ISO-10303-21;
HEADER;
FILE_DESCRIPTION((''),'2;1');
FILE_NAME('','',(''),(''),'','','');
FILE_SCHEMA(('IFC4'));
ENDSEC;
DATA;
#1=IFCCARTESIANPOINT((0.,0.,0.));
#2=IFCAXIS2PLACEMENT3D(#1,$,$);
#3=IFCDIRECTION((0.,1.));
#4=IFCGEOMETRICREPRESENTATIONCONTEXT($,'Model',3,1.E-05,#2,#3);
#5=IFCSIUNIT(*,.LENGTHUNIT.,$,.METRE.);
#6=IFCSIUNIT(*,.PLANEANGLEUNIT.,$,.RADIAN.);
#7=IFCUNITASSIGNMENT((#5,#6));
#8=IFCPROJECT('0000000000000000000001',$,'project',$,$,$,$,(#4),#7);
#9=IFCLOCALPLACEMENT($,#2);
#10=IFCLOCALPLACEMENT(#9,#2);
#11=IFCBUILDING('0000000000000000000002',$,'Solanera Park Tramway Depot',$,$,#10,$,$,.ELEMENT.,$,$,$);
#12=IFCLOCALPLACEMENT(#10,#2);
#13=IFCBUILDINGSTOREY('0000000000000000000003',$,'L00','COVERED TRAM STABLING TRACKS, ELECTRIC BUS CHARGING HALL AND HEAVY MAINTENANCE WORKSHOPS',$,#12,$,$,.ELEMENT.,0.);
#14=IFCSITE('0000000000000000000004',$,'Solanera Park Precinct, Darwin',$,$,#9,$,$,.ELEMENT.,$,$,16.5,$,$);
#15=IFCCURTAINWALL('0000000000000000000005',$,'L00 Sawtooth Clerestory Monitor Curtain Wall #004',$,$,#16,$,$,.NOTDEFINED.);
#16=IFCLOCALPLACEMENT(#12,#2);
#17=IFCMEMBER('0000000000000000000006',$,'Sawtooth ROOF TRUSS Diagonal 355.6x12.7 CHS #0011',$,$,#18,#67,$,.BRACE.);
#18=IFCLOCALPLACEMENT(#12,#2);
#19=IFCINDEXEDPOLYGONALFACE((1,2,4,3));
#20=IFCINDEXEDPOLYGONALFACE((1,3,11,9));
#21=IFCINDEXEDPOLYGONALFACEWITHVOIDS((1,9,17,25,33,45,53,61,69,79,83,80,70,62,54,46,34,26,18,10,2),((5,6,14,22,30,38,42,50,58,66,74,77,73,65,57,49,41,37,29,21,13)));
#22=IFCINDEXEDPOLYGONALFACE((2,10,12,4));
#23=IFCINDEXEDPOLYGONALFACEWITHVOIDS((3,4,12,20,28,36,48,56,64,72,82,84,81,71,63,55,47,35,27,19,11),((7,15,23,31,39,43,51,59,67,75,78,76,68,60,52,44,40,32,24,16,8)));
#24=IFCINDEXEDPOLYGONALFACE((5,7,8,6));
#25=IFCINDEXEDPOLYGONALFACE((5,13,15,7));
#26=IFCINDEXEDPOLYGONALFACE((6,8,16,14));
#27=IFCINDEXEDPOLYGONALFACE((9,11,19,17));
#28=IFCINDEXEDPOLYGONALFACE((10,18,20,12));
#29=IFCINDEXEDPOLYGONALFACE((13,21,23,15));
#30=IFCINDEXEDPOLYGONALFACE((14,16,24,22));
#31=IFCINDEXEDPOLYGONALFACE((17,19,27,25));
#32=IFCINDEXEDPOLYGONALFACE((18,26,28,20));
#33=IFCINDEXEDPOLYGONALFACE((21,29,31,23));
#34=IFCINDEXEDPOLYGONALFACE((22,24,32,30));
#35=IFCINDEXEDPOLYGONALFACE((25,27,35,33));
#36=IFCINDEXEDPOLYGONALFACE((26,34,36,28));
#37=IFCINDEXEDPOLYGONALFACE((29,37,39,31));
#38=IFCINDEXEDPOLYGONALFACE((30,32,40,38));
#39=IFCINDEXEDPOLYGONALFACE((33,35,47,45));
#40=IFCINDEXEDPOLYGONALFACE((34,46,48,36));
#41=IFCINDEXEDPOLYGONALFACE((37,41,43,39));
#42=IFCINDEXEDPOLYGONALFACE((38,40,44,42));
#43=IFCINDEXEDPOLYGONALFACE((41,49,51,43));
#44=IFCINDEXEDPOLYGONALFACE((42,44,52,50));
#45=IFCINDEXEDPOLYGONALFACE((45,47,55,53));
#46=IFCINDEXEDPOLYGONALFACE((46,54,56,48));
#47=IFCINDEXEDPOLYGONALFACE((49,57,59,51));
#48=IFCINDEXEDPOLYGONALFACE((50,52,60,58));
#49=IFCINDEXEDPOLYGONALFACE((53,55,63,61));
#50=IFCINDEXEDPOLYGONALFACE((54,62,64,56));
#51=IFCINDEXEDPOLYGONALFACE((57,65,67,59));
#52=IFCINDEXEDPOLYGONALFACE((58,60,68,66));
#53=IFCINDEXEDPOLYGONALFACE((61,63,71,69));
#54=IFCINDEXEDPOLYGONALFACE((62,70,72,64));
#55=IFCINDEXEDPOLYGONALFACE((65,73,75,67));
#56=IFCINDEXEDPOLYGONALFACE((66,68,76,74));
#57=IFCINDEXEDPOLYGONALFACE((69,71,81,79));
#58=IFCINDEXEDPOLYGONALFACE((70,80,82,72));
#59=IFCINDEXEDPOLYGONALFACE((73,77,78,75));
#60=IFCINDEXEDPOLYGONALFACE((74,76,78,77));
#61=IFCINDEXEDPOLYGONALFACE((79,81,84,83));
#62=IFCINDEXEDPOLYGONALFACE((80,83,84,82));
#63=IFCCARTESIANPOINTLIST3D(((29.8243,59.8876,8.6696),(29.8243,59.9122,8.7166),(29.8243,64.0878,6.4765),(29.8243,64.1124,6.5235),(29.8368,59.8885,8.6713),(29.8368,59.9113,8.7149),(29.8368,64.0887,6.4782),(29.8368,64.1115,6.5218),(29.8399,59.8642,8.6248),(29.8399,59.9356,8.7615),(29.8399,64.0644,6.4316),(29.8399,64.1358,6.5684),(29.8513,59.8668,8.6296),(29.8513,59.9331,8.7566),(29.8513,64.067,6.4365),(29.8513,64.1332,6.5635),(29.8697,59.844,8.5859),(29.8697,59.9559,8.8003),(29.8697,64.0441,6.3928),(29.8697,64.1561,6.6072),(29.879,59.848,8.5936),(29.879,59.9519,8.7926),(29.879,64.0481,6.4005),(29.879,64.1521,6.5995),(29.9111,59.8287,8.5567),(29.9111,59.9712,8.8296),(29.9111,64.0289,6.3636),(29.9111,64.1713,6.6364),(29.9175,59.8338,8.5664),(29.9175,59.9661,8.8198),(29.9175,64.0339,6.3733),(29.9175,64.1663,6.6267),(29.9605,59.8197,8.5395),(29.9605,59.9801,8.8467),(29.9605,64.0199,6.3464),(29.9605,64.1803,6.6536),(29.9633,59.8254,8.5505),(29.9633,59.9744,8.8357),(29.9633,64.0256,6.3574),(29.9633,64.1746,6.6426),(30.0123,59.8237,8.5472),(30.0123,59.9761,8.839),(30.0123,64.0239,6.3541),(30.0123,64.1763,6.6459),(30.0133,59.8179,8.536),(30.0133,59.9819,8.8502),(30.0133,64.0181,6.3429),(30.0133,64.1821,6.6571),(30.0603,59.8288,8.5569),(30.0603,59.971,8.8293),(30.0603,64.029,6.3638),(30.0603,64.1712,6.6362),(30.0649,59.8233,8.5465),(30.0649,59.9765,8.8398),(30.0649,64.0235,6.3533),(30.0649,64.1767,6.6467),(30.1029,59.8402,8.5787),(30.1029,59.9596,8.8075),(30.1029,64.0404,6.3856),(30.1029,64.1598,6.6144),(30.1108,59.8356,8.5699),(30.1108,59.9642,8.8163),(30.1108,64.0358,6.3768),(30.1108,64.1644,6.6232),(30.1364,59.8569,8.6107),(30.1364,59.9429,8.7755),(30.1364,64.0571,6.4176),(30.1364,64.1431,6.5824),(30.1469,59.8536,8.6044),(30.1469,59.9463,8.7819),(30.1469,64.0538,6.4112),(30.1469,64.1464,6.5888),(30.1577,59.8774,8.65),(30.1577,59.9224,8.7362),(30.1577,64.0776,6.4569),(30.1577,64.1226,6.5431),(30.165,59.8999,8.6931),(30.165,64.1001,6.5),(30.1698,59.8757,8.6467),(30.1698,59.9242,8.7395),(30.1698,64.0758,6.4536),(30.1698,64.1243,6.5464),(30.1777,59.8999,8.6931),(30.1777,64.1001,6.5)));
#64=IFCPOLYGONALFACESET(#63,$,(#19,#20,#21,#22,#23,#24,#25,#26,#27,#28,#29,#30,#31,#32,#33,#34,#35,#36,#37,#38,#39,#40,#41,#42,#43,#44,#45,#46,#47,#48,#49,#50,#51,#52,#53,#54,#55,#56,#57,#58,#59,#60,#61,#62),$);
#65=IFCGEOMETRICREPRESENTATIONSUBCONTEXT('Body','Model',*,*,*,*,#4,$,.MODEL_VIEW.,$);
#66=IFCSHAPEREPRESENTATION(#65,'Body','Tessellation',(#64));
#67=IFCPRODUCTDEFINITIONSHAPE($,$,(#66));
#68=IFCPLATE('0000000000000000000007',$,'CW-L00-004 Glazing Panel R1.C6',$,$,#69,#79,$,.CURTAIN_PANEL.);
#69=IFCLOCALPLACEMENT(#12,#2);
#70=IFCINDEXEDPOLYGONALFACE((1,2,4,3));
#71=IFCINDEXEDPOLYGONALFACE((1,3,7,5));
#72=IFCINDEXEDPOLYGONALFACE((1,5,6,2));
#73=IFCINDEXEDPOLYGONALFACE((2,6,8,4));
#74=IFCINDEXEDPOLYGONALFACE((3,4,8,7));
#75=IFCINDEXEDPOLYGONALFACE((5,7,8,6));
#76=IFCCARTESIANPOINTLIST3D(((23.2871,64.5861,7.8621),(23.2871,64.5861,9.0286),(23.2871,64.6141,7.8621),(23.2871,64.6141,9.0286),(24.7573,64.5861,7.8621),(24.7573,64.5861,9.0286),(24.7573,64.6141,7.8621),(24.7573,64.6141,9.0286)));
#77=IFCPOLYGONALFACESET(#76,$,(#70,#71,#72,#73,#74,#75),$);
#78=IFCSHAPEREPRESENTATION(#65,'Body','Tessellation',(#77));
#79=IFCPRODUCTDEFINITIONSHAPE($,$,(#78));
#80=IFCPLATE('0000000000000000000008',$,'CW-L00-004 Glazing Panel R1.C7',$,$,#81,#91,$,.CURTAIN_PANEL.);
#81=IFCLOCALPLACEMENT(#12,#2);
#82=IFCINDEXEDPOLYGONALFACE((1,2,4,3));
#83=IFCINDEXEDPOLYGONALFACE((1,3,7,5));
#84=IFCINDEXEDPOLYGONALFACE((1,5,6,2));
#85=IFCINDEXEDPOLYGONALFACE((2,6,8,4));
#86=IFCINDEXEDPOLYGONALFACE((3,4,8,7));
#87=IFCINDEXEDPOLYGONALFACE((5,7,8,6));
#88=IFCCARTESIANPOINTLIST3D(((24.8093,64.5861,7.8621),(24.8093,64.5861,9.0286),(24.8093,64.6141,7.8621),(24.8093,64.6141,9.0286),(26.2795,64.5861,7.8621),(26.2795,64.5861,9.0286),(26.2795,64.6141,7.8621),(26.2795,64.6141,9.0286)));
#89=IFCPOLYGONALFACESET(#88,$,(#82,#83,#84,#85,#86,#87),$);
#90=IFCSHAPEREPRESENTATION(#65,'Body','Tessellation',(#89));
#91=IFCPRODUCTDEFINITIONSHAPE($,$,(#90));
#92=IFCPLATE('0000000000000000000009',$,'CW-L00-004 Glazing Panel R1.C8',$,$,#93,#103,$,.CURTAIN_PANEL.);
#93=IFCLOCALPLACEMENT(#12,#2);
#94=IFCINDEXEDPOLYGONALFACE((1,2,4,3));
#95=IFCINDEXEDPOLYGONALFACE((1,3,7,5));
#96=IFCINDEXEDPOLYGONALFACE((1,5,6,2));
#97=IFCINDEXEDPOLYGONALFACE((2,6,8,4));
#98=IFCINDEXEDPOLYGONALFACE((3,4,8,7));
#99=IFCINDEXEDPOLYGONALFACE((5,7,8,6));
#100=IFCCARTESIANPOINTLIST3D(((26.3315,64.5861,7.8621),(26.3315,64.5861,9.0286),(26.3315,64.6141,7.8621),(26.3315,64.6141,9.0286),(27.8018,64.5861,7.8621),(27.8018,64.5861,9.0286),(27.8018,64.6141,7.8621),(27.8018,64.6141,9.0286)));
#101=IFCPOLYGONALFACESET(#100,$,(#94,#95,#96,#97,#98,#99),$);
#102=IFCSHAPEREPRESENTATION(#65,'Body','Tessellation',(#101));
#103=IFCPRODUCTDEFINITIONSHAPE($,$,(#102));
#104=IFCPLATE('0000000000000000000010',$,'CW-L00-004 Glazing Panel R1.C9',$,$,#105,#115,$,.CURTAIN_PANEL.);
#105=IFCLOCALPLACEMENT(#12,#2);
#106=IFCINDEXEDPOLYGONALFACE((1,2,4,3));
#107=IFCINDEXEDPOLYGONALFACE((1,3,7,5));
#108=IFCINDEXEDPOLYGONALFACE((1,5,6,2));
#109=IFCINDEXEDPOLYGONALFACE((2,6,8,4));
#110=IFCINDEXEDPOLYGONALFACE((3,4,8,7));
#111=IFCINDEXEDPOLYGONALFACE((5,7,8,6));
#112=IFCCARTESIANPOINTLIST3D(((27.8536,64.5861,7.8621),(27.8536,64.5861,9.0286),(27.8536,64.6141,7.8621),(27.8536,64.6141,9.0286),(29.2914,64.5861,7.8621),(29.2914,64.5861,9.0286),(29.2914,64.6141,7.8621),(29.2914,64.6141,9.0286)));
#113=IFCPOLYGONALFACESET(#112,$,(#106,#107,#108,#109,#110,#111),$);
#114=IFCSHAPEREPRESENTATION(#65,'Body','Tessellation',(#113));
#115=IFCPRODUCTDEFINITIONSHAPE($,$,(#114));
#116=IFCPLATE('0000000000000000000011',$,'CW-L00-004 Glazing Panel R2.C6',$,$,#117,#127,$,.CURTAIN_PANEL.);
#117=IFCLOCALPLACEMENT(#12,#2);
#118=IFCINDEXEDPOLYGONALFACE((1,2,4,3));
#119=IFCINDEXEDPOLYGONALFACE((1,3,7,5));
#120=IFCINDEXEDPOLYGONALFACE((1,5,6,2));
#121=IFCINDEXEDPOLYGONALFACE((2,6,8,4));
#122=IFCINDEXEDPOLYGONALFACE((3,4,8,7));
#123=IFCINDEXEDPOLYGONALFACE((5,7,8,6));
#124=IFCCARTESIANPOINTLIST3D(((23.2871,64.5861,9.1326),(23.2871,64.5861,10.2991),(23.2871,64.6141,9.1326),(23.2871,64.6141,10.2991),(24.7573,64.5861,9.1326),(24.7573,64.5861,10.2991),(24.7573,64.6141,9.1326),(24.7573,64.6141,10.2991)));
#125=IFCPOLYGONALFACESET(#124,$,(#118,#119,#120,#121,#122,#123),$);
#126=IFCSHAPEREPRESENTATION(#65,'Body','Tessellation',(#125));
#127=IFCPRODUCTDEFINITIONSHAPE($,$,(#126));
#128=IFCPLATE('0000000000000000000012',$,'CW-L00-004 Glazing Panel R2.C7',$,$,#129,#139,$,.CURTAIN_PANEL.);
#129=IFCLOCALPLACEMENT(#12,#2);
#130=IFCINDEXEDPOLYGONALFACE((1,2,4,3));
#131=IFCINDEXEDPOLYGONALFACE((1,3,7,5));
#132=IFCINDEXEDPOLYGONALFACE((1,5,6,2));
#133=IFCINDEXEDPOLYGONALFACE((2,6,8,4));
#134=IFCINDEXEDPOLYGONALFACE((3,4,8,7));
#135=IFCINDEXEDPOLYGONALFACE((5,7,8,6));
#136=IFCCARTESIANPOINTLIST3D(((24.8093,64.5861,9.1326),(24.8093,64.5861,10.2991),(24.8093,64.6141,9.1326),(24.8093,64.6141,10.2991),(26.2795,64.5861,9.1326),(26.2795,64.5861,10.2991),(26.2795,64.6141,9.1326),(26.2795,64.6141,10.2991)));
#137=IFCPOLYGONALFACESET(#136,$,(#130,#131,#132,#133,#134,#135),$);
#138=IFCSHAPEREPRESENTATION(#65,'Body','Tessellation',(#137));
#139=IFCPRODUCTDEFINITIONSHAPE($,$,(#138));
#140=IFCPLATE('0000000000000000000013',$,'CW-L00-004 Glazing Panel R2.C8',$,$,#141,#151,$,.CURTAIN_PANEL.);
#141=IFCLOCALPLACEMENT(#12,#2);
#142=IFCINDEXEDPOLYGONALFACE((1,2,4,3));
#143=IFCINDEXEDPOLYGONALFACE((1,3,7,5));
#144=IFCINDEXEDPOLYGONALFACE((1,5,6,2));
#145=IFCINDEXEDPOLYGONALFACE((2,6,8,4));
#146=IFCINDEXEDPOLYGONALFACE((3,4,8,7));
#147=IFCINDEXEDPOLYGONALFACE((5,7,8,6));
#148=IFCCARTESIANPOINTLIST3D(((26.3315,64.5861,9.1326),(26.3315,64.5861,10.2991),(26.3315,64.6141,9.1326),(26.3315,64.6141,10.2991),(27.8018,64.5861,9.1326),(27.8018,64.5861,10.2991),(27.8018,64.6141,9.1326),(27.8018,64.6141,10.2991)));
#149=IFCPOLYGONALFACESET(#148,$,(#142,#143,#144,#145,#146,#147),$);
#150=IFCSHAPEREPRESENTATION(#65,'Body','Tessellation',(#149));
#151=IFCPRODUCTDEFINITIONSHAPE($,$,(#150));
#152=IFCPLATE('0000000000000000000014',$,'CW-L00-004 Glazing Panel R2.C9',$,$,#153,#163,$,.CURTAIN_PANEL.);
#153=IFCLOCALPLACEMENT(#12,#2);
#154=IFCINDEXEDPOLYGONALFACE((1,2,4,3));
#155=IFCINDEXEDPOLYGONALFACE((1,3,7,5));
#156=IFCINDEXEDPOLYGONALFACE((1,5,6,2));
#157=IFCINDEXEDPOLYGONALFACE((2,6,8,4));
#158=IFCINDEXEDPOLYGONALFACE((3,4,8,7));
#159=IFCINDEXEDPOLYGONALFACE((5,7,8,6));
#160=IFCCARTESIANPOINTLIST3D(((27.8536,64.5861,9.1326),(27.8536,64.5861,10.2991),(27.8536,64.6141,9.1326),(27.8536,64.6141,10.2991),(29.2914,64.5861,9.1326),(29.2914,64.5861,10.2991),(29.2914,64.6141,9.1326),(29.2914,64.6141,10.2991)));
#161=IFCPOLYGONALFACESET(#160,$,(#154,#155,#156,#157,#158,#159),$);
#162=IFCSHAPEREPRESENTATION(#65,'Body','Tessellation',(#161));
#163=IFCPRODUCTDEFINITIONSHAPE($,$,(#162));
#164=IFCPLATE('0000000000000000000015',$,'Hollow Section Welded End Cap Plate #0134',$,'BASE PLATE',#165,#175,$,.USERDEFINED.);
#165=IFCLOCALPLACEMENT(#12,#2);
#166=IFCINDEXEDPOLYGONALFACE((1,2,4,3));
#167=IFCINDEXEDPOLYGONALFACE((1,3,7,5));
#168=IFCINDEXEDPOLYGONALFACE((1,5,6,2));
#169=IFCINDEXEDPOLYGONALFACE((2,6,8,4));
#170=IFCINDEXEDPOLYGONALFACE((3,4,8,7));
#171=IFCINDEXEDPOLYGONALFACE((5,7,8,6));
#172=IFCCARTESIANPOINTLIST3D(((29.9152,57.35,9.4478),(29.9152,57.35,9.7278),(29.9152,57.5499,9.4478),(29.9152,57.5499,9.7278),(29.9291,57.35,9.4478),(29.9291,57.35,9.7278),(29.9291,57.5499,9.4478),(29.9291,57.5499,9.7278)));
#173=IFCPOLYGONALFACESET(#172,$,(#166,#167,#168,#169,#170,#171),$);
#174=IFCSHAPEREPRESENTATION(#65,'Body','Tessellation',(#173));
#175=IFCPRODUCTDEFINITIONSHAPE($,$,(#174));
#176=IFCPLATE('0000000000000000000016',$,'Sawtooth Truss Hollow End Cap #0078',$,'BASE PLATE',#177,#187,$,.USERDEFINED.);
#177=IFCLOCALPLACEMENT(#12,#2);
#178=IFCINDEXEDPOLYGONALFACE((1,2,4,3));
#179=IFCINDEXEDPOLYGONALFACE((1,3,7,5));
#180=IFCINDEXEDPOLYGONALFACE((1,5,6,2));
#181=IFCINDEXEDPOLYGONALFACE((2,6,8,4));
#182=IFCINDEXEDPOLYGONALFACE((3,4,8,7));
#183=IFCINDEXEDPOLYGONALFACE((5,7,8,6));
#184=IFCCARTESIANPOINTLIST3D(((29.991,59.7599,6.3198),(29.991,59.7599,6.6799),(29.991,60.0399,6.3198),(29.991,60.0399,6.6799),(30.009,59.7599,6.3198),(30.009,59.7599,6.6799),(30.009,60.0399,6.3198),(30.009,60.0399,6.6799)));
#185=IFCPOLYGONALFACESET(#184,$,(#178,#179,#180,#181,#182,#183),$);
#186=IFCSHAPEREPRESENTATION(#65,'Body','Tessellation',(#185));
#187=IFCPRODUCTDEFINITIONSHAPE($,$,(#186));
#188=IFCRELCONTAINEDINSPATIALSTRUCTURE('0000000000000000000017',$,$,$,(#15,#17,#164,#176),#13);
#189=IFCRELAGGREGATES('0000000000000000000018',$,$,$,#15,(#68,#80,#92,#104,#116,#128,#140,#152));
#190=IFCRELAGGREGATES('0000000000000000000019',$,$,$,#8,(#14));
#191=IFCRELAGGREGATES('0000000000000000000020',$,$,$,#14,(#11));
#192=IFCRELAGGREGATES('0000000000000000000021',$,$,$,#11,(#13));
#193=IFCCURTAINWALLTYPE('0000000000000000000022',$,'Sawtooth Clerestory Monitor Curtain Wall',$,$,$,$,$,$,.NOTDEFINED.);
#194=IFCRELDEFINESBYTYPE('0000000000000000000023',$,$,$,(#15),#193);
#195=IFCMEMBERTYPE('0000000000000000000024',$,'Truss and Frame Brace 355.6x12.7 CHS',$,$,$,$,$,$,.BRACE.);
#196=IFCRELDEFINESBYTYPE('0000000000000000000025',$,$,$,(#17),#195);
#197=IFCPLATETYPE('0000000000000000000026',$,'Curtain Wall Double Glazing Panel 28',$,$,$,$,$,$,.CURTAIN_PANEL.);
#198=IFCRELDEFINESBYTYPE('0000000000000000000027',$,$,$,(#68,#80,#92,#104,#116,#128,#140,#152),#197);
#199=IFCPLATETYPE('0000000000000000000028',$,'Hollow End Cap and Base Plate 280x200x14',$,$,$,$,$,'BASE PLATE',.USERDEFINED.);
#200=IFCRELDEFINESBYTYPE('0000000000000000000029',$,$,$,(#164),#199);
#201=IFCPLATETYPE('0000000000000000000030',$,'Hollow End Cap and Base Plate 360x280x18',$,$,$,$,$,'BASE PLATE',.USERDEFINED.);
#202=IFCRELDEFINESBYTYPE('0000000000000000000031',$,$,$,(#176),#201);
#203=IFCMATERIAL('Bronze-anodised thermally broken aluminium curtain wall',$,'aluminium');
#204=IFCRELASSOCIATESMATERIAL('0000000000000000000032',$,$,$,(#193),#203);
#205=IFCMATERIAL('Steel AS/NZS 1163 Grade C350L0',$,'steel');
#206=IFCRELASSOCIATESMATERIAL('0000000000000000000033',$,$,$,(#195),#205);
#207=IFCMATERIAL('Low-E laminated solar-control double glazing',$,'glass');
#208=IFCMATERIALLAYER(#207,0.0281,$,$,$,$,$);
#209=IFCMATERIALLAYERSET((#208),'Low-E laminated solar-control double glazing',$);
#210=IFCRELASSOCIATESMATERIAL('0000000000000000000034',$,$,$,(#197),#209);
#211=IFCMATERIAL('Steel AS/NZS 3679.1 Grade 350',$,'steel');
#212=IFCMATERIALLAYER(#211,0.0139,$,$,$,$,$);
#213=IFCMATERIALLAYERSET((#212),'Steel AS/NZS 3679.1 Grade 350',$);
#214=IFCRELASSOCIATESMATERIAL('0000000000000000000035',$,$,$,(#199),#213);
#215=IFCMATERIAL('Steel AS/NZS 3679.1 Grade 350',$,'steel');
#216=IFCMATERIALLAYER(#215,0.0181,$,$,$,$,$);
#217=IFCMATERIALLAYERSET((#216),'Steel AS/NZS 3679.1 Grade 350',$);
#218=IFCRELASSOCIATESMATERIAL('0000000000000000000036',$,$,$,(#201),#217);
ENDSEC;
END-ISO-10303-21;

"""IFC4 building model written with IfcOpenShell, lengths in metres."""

from ifc_helpers import new_model, si_unit, direction, frame, origin, origin_2d, place, context, subcontext, project, spatial, rectangle, hollow_circle, extrude, material, layer, layer_set, material_profile, profile_set, type_object, element, aggregate, save


model = new_model("IFC4")

# Units and contexts
model_context = context("Model", 3, precision=1e-05, world=origin(), true_north=direction((0.0, 1.0)))
body_context = subcontext(model_context, "Body", "Model", "MODEL_VIEW")
ifc_project = project(units=[si_unit("LENGTHUNIT", "METRE"), si_unit("PLANEANGLEUNIT", "RADIAN")], contexts=[model_context])

# Site, building, storey
site_placement = place(None, origin())
site = spatial("IfcSite", under=ifc_project, at=site_placement, Name="Solanera Park Precinct, Darwin", CompositionType="ELEMENT", RefElevation=16.5)
building_placement = place(site_placement, origin())
building = spatial("IfcBuilding", under=site, at=building_placement, Name="Solanera Park Tramway Depot", CompositionType="ELEMENT")
storey_placement = place(building_placement, origin())
storey = spatial("IfcBuildingStorey", under=building, at=storey_placement, Name="L00", Description="COVERED TRAM STABLING TRACKS, ELECTRIC BUS CHARGING HALL AND HEAVY MAINTENANCE WORKSHOPS", CompositionType="ELEMENT", Elevation=0.0)

# Curtain wall
ifc_material_1 = material(Name="Bronze-anodised thermally broken aluminium curtain wall", Category="aluminium")
curtain_wall_type = type_object("IfcCurtainWallType", Name="Sawtooth Clerestory Monitor Curtain Wall", PredefinedType="NOTDEFINED", material=ifc_material_1)
curtain_wall_placement = place(storey_placement, origin())
curtain_wall = element("IfcCurtainWall", 1, at=curtain_wall_placement, inside=storey, type_object=curtain_wall_type, Name="L00 Sawtooth Clerestory Monitor Curtain Wall #004", PredefinedType="NOTDEFINED")

# Member
ifc_material_2 = material(Name="Steel AS/NZS 1163 Grade C350L0", Category="steel")
ifc_material_profile_1 = material_profile(ifc_material_2, hollow_circle(Radius=0.1777, WallThickness=0.0127, at=origin_2d()), Name="355.6x12.7 CHS")
ifc_profile_set_1 = profile_set([ifc_material_profile_1], Name="Steel AS/NZS 1163 Grade C350L0")
member_type_1 = type_object("IfcMemberType", Name="Truss and Frame Brace 355.6x12.7 CHS", PredefinedType="BRACE", material=ifc_profile_set_1)
member_1_placement = place(storey_placement, frame((30.0, 64.1001, 6.5), z_axis=(0.0, -0.886437, 0.462849), x_axis=(1.0, 0.0, 0.0)))
element("IfcMember", 2, at=member_1_placement, inside=storey, type_object=member_type_1, Name="Sawtooth ROOF TRUSS Diagonal 355.6x12.7 CHS #0011", PredefinedType="BRACE", context=body_context, shape_type="SweptSolid", body=[
    extrude(hollow_circle(Radius=0.1777, WallThickness=0.0127, at=origin_2d()), origin(), (0.0, 0.0, 1.0), 4.7383),
])

# Plates
ifc_material_3 = material(Name="Low-E laminated solar-control double glazing", Category="glass")
ifc_layer_1 = layer(ifc_material_3, 0.0281)
ifc_layer_set_1 = layer_set([ifc_layer_1], Name="Low-E laminated solar-control double glazing")
plate_type_1 = type_object("IfcPlateType", Name="Curtain Wall Double Glazing Panel 28", PredefinedType="CURTAIN_PANEL", material=ifc_layer_set_1)
plate_1_placement = place(storey_placement, frame((24.0222, 64.6001, 7.8621), z_axis=(0.0, 0.0, 1.0), x_axis=(1.0, 0.0, 0.0)))
plate_1 = element("IfcPlate", 3, at=plate_1_placement, type_object=plate_type_1, Name="CW-L00-004 Glazing Panel R1.C6", PredefinedType="CURTAIN_PANEL", context=body_context, shape_type="SweptSolid", body=[
    extrude(rectangle(XDim=1.4702, YDim=0.0281, at=origin_2d()), origin(), (0.0, 0.0, 1.0), 1.1665),
])
plate_2_placement = place(storey_placement, frame((25.5444, 64.6001, 7.8621), z_axis=(0.0, 0.0, 1.0), x_axis=(1.0, 0.0, 0.0)))
plate_2 = element("IfcPlate", 4, at=plate_2_placement, type_object=plate_type_1, Name="CW-L00-004 Glazing Panel R1.C7", PredefinedType="CURTAIN_PANEL", context=body_context, shape_type="SweptSolid", body=[
    extrude(rectangle(XDim=1.4702, YDim=0.0281, at=origin_2d()), origin(), (0.0, 0.0, 1.0), 1.1665),
])
plate_3_placement = place(storey_placement, frame((27.0667, 64.6001, 7.8621), z_axis=(0.0, 0.0, 1.0), x_axis=(1.0, 0.0, 0.0)))
plate_3 = element("IfcPlate", 5, at=plate_3_placement, type_object=plate_type_1, Name="CW-L00-004 Glazing Panel R1.C8", PredefinedType="CURTAIN_PANEL", context=body_context, shape_type="SweptSolid", body=[
    extrude(rectangle(XDim=1.4702, YDim=0.0281, at=origin_2d()), origin(), (0.0, 0.0, 1.0), 1.1665),
])
plate_4_placement = place(storey_placement, frame((28.5725, 64.6001, 7.8621), z_axis=(0.0, 0.0, 1.0), x_axis=(1.0, 0.0, 0.0)))
plate_4 = element("IfcPlate", 6, at=plate_4_placement, type_object=plate_type_1, Name="CW-L00-004 Glazing Panel R1.C9", PredefinedType="CURTAIN_PANEL", context=body_context, shape_type="SweptSolid", body=[
    extrude(rectangle(XDim=1.4377, YDim=0.0281, at=origin_2d()), origin(), (0.0, 0.0, 1.0), 1.1665),
])
plate_5_placement = place(storey_placement, frame((24.0222, 64.6001, 9.1326), z_axis=(0.0, 0.0, 1.0), x_axis=(1.0, 0.0, 0.0)))
plate_5 = element("IfcPlate", 7, at=plate_5_placement, type_object=plate_type_1, Name="CW-L00-004 Glazing Panel R2.C6", PredefinedType="CURTAIN_PANEL", context=body_context, shape_type="SweptSolid", body=[
    extrude(rectangle(XDim=1.4702, YDim=0.0281, at=origin_2d()), origin(), (0.0, 0.0, 1.0), 1.1665),
])
plate_6_placement = place(storey_placement, frame((25.5444, 64.6001, 9.1326), z_axis=(0.0, 0.0, 1.0), x_axis=(1.0, 0.0, 0.0)))
plate_6 = element("IfcPlate", 8, at=plate_6_placement, type_object=plate_type_1, Name="CW-L00-004 Glazing Panel R2.C7", PredefinedType="CURTAIN_PANEL", context=body_context, shape_type="SweptSolid", body=[
    extrude(rectangle(XDim=1.4702, YDim=0.0281, at=origin_2d()), origin(), (0.0, 0.0, 1.0), 1.1665),
])
plate_7_placement = place(storey_placement, frame((27.0667, 64.6001, 9.1326), z_axis=(0.0, 0.0, 1.0), x_axis=(1.0, 0.0, 0.0)))
plate_7 = element("IfcPlate", 9, at=plate_7_placement, type_object=plate_type_1, Name="CW-L00-004 Glazing Panel R2.C8", PredefinedType="CURTAIN_PANEL", context=body_context, shape_type="SweptSolid", body=[
    extrude(rectangle(XDim=1.4702, YDim=0.0281, at=origin_2d()), origin(), (0.0, 0.0, 1.0), 1.1665),
])
plate_8_placement = place(storey_placement, frame((28.5725, 64.6001, 9.1326), z_axis=(0.0, 0.0, 1.0), x_axis=(1.0, 0.0, 0.0)))
plate_8 = element("IfcPlate", 10, at=plate_8_placement, type_object=plate_type_1, Name="CW-L00-004 Glazing Panel R2.C9", PredefinedType="CURTAIN_PANEL", context=body_context, shape_type="SweptSolid", body=[
    extrude(rectangle(XDim=1.4377, YDim=0.0281, at=origin_2d()), origin(), (0.0, 0.0, 1.0), 1.1665),
])
aggregate(curtain_wall, [plate_1, plate_2, plate_3, plate_4, plate_5, plate_6, plate_7, plate_8])

# Plates
ifc_material_4 = material(Name="Steel AS/NZS 3679.1 Grade 350", Category="steel")
ifc_layer_2 = layer(ifc_material_4, 0.0139)
ifc_layer_set_2 = layer_set([ifc_layer_2], Name="Steel AS/NZS 3679.1 Grade 350")
plate_type_2 = type_object("IfcPlateType", Name="Hollow End Cap and Base Plate 280x200x14", ElementType="BASE PLATE", PredefinedType="USERDEFINED", material=ifc_layer_set_2)
plate_9_placement = place(storey_placement, frame((29.9221, 57.45, 9.4478), z_axis=(0.0, 0.0, 1.0), x_axis=(1.0, 0.0, 0.0)))
element("IfcPlate", 11, at=plate_9_placement, inside=storey, type_object=plate_type_2, Name="Hollow Section Welded End Cap Plate #0134", ObjectType="BASE PLATE", PredefinedType="USERDEFINED", context=body_context, shape_type="SweptSolid", body=[
    extrude(rectangle(XDim=0.0139, YDim=0.2, at=origin_2d()), origin(), (0.0, 0.0, 1.0), 0.28),
])
ifc_material_5 = material(Name="Steel AS/NZS 3679.1 Grade 350", Category="steel")
ifc_layer_3 = layer(ifc_material_5, 0.0181)
ifc_layer_set_3 = layer_set([ifc_layer_3], Name="Steel AS/NZS 3679.1 Grade 350")
plate_type_3 = type_object("IfcPlateType", Name="Hollow End Cap and Base Plate 360x280x18", ElementType="BASE PLATE", PredefinedType="USERDEFINED", material=ifc_layer_set_3)
plate_10_placement = place(storey_placement, frame((30.0, 59.8999, 6.3198), z_axis=(0.0, 0.0, 1.0), x_axis=(1.0, 0.0, 0.0)))
element("IfcPlate", 12, at=plate_10_placement, inside=storey, type_object=plate_type_3, Name="Sawtooth Truss Hollow End Cap #0078", ObjectType="BASE PLATE", PredefinedType="USERDEFINED", context=body_context, shape_type="SweptSolid", body=[
    extrude(rectangle(XDim=0.0181, YDim=0.28, at=origin_2d()), origin(), (0.0, 0.0, 1.0), 0.3601),
])

save(model, "model.ifc")
